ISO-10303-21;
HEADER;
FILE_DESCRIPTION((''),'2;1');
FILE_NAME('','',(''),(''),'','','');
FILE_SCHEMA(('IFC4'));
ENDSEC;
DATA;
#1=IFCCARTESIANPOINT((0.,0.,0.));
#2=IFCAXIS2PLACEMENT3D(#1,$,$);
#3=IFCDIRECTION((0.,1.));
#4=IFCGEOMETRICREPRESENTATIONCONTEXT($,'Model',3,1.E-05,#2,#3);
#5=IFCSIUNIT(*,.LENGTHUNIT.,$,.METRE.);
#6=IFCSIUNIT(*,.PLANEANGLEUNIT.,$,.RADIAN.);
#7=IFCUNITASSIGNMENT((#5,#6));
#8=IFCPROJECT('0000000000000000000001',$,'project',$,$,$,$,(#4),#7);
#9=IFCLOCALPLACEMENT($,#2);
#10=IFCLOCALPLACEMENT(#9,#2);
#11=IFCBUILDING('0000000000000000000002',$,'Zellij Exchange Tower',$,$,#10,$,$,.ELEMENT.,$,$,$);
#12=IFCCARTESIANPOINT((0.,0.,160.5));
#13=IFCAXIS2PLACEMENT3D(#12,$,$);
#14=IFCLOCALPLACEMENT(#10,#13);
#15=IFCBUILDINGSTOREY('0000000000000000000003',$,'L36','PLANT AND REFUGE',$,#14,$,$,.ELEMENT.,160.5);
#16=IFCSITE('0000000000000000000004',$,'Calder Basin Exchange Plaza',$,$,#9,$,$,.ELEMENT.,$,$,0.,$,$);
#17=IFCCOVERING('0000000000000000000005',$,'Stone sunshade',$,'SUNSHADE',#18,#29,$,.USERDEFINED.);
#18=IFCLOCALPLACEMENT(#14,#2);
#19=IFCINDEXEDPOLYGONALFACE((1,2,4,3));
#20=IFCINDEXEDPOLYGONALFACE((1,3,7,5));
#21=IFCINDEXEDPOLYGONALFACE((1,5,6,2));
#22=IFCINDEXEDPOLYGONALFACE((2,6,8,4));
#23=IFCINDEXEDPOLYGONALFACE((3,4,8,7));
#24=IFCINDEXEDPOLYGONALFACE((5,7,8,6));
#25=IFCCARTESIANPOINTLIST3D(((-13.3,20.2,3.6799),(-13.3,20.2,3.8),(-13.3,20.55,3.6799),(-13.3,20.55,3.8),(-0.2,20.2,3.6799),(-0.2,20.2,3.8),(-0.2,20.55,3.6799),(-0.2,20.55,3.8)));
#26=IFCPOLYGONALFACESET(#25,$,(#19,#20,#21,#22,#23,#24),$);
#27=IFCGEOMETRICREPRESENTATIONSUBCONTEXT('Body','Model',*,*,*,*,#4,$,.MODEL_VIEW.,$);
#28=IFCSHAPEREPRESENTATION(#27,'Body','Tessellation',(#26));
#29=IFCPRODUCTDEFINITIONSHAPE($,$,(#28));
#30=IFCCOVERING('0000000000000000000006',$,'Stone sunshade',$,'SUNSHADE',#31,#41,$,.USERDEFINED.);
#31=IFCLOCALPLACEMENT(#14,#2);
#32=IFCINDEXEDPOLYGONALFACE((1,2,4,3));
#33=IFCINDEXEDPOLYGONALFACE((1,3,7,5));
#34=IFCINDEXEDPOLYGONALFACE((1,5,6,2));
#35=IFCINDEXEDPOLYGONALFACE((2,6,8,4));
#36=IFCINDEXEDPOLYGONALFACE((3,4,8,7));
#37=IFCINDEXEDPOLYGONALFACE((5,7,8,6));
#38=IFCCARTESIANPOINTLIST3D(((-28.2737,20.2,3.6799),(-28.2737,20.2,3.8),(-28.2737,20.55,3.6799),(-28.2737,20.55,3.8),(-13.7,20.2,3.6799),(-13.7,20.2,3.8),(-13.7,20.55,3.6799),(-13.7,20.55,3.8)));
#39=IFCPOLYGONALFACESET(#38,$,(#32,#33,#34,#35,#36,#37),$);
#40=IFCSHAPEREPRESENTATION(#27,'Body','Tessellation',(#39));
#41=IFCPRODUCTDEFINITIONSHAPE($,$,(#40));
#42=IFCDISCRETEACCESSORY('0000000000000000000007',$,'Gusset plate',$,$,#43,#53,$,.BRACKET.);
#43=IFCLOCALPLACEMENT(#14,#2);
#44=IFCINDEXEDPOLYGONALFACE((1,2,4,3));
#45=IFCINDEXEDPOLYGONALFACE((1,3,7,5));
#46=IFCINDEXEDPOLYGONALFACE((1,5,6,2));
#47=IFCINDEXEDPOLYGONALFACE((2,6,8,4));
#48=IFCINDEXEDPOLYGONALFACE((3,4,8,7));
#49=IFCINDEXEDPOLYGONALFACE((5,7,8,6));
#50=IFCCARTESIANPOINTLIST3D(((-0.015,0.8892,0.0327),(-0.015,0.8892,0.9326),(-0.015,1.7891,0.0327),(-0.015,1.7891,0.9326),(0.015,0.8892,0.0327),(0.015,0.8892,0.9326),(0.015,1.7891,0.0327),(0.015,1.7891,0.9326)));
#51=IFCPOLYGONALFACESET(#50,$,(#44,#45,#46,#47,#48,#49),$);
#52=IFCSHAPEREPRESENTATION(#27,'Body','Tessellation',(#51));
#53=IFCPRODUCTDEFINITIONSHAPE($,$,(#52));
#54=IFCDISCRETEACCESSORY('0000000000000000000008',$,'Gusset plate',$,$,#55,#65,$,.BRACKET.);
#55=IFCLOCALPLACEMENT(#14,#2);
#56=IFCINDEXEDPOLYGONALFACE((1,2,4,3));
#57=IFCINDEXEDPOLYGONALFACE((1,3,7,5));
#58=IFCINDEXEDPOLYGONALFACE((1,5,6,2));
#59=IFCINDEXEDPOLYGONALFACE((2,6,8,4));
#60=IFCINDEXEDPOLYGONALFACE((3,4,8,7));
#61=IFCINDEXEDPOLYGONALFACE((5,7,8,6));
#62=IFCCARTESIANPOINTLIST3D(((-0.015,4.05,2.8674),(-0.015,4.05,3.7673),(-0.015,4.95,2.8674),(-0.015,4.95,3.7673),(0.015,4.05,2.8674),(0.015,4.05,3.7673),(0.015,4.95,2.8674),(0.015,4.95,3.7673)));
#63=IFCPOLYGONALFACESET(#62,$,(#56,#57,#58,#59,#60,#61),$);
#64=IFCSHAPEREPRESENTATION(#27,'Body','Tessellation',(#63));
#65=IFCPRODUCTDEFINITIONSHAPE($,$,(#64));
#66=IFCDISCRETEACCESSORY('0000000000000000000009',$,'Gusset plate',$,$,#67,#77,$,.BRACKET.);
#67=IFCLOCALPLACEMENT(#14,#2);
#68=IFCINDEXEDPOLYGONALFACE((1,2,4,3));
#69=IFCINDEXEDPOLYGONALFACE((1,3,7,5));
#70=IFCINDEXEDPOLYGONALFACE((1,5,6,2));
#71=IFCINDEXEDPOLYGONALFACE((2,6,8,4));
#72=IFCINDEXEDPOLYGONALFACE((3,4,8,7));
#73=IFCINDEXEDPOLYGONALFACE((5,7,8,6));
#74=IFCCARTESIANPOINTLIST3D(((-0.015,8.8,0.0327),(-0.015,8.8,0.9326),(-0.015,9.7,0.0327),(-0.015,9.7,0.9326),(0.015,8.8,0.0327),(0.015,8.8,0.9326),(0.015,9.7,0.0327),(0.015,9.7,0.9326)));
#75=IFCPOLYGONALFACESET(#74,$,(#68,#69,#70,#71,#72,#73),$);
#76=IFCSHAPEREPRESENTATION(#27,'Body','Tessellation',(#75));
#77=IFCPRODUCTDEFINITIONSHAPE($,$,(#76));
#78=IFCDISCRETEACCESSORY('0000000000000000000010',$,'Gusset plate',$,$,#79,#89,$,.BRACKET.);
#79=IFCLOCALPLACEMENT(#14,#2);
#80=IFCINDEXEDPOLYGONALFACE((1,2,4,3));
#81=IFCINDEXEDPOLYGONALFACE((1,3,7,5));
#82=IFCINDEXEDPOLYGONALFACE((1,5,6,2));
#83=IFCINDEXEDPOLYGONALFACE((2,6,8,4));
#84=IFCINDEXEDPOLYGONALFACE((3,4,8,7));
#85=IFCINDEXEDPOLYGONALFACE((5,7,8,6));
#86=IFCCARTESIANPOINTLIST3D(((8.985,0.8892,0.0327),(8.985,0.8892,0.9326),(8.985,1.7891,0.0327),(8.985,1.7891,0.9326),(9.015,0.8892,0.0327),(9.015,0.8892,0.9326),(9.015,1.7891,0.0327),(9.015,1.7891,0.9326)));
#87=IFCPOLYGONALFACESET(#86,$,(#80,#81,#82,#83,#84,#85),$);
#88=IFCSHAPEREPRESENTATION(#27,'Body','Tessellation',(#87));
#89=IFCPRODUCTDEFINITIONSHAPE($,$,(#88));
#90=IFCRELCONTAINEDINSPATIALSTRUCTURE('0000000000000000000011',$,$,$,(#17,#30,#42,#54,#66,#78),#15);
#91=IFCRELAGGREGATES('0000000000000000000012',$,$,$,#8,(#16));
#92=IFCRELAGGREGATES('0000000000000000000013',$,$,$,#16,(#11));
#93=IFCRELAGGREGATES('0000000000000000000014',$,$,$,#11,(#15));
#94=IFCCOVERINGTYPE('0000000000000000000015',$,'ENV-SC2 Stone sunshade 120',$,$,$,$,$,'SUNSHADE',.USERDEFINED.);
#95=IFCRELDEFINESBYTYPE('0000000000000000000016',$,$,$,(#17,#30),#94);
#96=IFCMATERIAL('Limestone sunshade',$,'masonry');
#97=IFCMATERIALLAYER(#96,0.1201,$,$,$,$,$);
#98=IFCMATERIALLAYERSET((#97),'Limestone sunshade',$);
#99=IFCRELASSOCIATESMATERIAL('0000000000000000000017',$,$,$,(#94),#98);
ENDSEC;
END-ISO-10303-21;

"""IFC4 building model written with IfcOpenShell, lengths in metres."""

from ifc_helpers import new_model, si_unit, direction, frame, origin, origin_2d, place, context, subcontext, project, spatial, polyline, rectangle, outline, extrude, material, layer, layer_set, type_object, element, save


model = new_model("IFC4")

# Units and contexts
model_context = context("Model", 3, precision=1e-05, world=origin(), true_north=direction((0.0, 1.0)))
body_context = subcontext(model_context, "Body", "Model", "MODEL_VIEW")
ifc_project = project(units=[si_unit("LENGTHUNIT", "METRE"), si_unit("PLANEANGLEUNIT", "RADIAN")], contexts=[model_context])

# Site, building, storey
site_placement = place(None, origin())
site = spatial("IfcSite", under=ifc_project, at=site_placement, Name="Calder Basin Exchange Plaza", CompositionType="ELEMENT", RefElevation=0.0)
building_placement = place(site_placement, origin())
building = spatial("IfcBuilding", under=site, at=building_placement, Name="Zellij Exchange Tower", CompositionType="ELEMENT")
storey_placement = place(building_placement, frame((0.0, 0.0, 160.5)))
storey = spatial("IfcBuildingStorey", under=building, at=storey_placement, Name="L36", Description="PLANT AND REFUGE", CompositionType="ELEMENT", Elevation=160.5)

# Coverings
ifc_material_1 = material(Name="Limestone sunshade", Category="masonry")
ifc_layer_1 = layer(ifc_material_1, 0.1201)
ifc_layer_set_1 = layer_set([ifc_layer_1], Name="Limestone sunshade")
covering_type = type_object("IfcCoveringType", Name="ENV-SC2 Stone sunshade 120", ElementType="SUNSHADE", PredefinedType="USERDEFINED", material=ifc_layer_set_1)
covering_1_placement = place(storey_placement, frame((0.0, 0.0, 3.6799)))
element("IfcCovering", 1, at=covering_1_placement, inside=storey, type_object=covering_type, Name="Stone sunshade", ObjectType="SUNSHADE", PredefinedType="USERDEFINED", context=body_context, shape_type="SweptSolid", body=[
    extrude(outline(polyline([(-0.2, 20.2), (-13.3, 20.2), (-13.3, 20.55), (-0.2, 20.55), (-0.2, 20.2)])), origin(), (0.0, 0.0, 1.0), 0.1201),
])
covering_2_placement = place(storey_placement, frame((0.0, 0.0, 3.6799)))
element("IfcCovering", 2, at=covering_2_placement, inside=storey, type_object=covering_type, Name="Stone sunshade", ObjectType="SUNSHADE", PredefinedType="USERDEFINED", context=body_context, shape_type="SweptSolid", body=[
    extrude(outline(polyline([(-13.7, 20.2), (-28.2737, 20.2), (-28.2737, 20.55), (-13.7, 20.55), (-13.7, 20.2)])), origin(), (0.0, 0.0, 1.0), 0.1201),
])

# Discrete accessories
for number, where, z_axis, x_axis, name in (
    (3, (0.0, 1.3391, 0.0327), (0.0, 0.0, 1.0), (0.0, 1.0, 0.0), "Gusset plate"),
    (4, (0.0, 4.5, 2.8674), (0.0, 0.0, 1.0), (0.0, 1.0, 0.0), "Gusset plate"),
    (5, (0.0, 9.25, 0.0327), (0.0, 0.0, 1.0), (0.0, 1.0, 0.0), "Gusset plate"),
    (6, (9.0, 1.3391, 0.0327), (0.0, 0.0, 1.0), (0.0, 1.0, 0.0), "Gusset plate"),
):
    element("IfcDiscreteAccessory", number, at=place(storey_placement, frame(where, z_axis=z_axis, x_axis=x_axis)), inside=storey, Name=name, PredefinedType="BRACKET", context=body_context, shape_type="SweptSolid", body=[
        extrude(rectangle(XDim=0.8999, YDim=0.03, at=origin_2d()), origin(), (0.0, 0.0, 1.0), 0.8999),
    ])

save(model, "model.ifc")
